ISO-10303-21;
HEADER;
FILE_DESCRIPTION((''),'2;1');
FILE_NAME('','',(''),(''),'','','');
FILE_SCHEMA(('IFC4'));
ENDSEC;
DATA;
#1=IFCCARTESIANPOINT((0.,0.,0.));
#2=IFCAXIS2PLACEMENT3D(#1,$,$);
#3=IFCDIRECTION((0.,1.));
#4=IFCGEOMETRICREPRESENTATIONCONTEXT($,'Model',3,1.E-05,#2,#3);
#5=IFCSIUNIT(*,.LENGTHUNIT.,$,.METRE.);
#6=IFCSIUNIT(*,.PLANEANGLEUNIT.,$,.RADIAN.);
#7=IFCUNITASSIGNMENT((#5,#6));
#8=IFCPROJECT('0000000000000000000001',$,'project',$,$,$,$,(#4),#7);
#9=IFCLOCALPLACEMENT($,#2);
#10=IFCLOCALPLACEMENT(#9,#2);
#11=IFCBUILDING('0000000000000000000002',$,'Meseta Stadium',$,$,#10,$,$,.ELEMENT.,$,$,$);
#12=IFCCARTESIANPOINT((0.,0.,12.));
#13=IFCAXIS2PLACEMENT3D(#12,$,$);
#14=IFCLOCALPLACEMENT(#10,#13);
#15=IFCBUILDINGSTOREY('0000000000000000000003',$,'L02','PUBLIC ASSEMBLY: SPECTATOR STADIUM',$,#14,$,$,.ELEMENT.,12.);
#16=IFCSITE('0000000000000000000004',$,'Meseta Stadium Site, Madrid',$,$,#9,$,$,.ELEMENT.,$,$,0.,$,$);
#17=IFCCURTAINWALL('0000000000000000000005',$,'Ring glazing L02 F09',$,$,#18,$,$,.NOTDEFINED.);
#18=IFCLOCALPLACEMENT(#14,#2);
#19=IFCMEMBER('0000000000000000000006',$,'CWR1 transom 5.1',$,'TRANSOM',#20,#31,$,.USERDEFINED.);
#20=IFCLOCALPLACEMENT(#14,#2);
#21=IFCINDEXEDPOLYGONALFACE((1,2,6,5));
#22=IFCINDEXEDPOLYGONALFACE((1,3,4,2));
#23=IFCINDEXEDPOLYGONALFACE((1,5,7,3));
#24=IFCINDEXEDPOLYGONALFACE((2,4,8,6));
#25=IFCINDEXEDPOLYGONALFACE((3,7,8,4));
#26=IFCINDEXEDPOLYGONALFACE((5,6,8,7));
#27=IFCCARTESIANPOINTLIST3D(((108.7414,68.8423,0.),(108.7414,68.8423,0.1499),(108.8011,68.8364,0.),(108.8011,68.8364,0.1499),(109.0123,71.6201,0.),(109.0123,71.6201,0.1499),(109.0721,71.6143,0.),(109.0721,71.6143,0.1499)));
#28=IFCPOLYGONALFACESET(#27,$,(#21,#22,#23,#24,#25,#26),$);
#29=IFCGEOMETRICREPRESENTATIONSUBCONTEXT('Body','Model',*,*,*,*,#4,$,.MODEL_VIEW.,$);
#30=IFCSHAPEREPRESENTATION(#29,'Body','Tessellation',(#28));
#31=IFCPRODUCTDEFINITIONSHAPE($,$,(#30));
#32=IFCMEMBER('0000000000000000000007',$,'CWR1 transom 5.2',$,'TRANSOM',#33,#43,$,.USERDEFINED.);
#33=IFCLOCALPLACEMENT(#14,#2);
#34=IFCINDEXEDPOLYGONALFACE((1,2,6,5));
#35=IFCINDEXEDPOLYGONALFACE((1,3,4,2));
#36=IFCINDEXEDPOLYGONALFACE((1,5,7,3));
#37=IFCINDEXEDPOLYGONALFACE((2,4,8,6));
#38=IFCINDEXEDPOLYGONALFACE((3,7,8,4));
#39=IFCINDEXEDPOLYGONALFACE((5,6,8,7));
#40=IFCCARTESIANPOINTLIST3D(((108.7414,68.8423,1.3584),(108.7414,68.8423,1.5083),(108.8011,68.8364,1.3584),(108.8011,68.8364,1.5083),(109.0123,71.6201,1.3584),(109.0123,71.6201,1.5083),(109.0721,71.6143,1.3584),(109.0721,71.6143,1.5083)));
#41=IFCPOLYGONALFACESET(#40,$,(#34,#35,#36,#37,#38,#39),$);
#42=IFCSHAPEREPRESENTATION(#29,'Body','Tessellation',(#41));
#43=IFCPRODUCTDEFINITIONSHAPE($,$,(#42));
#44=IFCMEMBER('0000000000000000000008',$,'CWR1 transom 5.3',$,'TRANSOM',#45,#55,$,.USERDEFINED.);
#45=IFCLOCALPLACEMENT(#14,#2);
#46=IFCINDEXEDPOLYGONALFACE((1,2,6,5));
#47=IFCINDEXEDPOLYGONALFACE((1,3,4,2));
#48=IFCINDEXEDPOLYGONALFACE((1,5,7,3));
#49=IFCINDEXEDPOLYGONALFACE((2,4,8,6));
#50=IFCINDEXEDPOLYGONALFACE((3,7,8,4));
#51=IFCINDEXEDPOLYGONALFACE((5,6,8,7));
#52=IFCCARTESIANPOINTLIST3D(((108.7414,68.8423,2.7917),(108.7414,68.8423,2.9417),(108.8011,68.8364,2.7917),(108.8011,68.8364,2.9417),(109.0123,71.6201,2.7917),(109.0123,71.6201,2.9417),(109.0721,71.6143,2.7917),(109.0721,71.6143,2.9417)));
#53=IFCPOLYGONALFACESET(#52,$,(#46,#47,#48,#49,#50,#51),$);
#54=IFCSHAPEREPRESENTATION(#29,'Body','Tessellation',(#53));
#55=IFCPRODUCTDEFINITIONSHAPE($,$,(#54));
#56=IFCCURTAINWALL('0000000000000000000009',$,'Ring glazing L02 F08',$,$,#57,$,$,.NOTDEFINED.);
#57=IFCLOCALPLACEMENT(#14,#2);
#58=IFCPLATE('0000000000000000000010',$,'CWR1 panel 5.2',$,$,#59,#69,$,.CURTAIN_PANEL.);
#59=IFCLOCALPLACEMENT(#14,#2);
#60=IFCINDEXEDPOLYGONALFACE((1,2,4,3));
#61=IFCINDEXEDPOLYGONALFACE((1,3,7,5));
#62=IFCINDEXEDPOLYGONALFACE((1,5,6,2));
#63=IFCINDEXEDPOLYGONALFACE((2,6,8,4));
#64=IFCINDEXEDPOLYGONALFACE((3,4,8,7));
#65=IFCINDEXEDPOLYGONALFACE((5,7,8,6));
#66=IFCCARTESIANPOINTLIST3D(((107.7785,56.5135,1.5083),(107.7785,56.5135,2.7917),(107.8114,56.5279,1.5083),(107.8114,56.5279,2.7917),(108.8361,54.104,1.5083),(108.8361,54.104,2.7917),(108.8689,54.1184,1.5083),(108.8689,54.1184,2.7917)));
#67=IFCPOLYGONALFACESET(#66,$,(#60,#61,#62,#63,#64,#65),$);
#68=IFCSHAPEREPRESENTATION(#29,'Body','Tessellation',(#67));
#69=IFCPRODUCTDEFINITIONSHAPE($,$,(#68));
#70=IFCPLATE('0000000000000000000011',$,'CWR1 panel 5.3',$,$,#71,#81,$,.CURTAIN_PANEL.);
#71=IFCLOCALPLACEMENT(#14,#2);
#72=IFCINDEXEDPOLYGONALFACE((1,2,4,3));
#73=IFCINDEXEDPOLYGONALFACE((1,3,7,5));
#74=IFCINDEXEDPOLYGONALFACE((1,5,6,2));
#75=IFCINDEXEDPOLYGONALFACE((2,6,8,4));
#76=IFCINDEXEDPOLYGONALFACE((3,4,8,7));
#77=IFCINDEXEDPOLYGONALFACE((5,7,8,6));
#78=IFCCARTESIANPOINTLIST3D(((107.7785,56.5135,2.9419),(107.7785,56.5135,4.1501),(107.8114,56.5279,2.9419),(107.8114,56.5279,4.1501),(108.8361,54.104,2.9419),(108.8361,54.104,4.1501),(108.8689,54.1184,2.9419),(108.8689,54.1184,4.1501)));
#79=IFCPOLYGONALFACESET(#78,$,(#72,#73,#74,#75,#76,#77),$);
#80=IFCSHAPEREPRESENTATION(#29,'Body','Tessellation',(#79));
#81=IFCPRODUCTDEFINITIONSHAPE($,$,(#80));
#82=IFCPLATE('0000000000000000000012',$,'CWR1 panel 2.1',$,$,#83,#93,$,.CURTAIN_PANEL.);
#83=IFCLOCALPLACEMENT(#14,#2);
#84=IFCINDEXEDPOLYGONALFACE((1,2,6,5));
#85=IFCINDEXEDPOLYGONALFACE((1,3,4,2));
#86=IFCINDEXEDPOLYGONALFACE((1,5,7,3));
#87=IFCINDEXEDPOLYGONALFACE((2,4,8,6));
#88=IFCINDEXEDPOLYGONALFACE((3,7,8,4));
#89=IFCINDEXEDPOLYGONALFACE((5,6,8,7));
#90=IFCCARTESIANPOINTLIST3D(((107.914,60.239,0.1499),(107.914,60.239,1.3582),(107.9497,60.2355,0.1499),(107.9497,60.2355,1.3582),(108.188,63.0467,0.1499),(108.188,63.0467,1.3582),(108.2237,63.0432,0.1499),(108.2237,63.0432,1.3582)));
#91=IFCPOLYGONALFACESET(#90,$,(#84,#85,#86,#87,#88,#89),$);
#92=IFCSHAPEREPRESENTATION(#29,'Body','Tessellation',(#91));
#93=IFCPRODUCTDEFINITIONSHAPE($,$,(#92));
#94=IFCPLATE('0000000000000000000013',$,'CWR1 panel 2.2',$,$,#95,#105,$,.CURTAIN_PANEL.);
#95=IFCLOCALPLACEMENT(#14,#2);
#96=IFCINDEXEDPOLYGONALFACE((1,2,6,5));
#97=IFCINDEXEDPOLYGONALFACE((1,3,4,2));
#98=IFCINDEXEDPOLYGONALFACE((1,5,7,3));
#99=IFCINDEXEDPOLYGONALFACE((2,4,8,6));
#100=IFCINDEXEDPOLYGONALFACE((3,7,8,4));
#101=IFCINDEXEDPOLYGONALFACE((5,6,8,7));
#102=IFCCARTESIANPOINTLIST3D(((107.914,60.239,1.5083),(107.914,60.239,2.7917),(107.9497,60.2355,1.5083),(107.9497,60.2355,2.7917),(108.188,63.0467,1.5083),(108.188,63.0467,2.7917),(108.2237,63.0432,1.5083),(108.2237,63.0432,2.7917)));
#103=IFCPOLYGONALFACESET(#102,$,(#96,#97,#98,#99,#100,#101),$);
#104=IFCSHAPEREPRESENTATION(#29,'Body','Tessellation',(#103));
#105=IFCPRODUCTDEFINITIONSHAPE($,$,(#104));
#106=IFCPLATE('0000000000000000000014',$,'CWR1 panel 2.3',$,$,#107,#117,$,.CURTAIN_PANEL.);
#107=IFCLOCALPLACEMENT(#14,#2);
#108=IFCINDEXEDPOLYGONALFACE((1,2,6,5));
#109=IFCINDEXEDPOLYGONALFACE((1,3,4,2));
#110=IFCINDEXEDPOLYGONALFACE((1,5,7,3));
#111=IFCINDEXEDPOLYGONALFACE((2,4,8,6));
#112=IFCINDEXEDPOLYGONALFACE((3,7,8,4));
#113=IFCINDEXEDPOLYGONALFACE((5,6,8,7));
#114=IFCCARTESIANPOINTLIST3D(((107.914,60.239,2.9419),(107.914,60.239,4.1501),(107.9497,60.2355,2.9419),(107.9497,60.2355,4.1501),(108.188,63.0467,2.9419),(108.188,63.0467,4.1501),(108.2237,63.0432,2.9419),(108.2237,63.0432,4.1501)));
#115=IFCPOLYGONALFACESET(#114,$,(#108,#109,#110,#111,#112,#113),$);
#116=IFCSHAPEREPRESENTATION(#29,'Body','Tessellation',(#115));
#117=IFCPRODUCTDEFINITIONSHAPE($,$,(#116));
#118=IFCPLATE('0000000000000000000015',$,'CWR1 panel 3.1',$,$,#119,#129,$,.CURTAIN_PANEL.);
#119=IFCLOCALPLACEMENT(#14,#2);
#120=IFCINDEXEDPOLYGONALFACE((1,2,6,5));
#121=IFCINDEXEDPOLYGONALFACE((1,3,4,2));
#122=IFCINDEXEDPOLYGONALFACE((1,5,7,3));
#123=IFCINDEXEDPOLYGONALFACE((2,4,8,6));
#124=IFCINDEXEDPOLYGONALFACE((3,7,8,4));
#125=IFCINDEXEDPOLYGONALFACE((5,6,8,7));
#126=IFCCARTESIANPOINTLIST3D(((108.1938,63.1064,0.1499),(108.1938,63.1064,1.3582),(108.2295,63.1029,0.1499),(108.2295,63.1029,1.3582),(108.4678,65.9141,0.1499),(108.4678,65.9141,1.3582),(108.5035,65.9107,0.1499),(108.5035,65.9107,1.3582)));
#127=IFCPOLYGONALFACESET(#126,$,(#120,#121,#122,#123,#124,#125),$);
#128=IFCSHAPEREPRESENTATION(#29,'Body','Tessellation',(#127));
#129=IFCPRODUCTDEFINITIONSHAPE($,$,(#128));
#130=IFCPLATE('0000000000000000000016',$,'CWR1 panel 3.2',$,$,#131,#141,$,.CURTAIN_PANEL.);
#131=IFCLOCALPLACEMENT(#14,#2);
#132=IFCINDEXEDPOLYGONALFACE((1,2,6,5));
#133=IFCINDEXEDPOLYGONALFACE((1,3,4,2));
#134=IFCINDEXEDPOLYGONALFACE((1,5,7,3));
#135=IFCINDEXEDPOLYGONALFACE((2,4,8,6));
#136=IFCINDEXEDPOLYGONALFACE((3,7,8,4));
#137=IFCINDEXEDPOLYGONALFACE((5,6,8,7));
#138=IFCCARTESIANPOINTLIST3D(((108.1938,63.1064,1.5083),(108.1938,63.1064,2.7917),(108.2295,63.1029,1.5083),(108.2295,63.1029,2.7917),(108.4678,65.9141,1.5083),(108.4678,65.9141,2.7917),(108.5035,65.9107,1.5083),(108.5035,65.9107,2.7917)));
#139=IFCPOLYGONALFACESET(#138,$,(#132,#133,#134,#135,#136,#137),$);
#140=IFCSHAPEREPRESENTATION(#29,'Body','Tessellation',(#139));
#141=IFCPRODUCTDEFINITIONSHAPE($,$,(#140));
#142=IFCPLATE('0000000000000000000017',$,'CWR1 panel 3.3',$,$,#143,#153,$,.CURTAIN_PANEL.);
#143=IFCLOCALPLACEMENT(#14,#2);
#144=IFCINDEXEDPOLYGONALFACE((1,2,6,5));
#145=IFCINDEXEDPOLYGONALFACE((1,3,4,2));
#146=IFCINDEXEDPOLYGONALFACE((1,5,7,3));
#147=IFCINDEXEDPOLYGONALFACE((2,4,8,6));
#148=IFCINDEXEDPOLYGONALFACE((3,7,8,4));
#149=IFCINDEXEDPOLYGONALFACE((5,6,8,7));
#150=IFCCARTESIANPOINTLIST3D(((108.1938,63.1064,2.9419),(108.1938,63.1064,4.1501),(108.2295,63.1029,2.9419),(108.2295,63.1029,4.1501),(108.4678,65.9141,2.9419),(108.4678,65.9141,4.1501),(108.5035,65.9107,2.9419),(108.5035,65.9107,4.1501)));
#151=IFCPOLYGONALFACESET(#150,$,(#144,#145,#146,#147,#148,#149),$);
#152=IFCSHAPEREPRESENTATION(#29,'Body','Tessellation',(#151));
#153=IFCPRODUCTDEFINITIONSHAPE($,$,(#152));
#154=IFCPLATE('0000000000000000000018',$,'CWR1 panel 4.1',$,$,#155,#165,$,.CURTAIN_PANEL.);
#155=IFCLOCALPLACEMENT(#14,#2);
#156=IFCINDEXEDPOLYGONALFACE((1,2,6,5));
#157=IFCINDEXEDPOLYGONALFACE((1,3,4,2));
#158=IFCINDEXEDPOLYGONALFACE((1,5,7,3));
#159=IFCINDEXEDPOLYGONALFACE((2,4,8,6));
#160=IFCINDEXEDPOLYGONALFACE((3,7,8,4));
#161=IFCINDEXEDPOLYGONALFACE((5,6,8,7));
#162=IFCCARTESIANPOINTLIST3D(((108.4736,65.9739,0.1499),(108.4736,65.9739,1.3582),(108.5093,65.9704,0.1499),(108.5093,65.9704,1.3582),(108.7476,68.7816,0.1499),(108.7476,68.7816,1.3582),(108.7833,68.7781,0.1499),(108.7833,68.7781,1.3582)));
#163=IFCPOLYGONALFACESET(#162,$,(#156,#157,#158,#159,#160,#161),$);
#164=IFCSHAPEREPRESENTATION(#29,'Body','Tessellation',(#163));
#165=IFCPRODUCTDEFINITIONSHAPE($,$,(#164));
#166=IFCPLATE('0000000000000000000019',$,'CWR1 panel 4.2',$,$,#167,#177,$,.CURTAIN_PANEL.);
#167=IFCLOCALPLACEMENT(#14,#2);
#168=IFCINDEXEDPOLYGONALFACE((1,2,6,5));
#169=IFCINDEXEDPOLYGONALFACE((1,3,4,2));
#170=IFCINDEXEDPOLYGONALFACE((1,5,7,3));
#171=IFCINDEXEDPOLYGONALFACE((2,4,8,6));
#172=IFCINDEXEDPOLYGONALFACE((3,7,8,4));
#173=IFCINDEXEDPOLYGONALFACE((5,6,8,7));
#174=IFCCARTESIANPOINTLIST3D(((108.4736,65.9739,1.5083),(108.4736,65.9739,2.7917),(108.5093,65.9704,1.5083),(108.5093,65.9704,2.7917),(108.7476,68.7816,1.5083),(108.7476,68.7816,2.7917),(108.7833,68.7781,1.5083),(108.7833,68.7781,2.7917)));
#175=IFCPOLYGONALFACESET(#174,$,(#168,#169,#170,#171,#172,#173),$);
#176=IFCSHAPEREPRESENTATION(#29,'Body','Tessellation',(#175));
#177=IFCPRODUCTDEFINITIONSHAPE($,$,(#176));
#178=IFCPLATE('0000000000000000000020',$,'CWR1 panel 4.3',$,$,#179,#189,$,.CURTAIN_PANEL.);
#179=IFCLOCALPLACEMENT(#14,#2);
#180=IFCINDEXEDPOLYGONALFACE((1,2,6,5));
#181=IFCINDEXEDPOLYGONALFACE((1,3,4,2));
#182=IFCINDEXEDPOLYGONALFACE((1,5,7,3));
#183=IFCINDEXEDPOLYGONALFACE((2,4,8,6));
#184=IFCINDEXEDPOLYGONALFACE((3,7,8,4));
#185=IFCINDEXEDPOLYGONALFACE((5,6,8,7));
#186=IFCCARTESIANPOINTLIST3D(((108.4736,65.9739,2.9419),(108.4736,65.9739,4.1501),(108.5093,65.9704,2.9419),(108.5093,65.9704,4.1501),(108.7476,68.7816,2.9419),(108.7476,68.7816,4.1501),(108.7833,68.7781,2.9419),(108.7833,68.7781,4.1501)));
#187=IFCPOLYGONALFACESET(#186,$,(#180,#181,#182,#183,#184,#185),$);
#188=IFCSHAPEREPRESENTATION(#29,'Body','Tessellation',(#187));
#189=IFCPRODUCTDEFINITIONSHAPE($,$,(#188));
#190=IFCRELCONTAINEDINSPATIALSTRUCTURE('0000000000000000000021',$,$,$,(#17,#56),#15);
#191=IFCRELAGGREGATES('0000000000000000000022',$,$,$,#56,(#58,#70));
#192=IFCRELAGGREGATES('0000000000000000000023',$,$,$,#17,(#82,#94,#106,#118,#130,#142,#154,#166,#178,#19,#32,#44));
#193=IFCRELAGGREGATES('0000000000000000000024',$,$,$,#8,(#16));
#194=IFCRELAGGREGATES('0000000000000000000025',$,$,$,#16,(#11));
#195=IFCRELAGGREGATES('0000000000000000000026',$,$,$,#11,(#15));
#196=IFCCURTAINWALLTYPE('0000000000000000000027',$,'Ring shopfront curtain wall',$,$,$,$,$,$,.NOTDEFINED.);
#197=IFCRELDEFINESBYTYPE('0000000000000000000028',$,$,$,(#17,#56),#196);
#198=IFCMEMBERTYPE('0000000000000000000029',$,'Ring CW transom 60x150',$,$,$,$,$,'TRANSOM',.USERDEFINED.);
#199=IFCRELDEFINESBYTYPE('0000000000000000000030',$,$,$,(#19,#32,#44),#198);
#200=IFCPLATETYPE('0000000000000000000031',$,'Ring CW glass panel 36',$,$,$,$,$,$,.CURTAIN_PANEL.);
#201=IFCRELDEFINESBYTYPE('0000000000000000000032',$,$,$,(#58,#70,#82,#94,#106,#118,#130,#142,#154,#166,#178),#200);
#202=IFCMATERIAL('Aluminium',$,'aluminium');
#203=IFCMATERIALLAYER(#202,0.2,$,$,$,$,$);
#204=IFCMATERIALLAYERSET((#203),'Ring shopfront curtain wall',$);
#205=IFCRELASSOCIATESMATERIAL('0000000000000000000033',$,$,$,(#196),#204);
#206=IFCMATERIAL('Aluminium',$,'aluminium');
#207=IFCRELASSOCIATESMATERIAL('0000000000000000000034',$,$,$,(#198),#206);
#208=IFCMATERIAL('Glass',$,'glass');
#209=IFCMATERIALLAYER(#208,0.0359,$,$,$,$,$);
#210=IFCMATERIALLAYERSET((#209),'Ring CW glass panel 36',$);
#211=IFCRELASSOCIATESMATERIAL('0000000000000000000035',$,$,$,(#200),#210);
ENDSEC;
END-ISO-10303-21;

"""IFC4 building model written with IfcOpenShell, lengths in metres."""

from ifc_helpers import new_model, si_unit, direction, frame, origin, origin_2d, place, context, subcontext, project, spatial, rectangle, extrude, material, layer, layer_set, material_profile, profile_set, type_object, element, aggregate, save


model = new_model("IFC4")

# Units and contexts
model_context = context("Model", 3, precision=1e-05, world=origin(), true_north=direction((0.0, 1.0)))
body_context = subcontext(model_context, "Body", "Model", "MODEL_VIEW")
ifc_project = project(units=[si_unit("LENGTHUNIT", "METRE"), si_unit("PLANEANGLEUNIT", "RADIAN")], contexts=[model_context])

# Site, building, storey
site_placement = place(None, origin())
site = spatial("IfcSite", under=ifc_project, at=site_placement, Name="Meseta Stadium Site, Madrid", CompositionType="ELEMENT", RefElevation=0.0)
building_placement = place(site_placement, origin())
building = spatial("IfcBuilding", under=site, at=building_placement, Name="Meseta Stadium", CompositionType="ELEMENT")
storey_placement = place(building_placement, frame((0.0, 0.0, 12.0)))
storey = spatial("IfcBuildingStorey", under=building, at=storey_placement, Name="L02", Description="PUBLIC ASSEMBLY: SPECTATOR STADIUM", CompositionType="ELEMENT", Elevation=12.0)

# Curtain wall, members
ifc_material_1 = material(Name="Aluminium", Category="aluminium")
ifc_layer_1 = layer(ifc_material_1, 0.2)
ifc_layer_set_1 = layer_set([ifc_layer_1], Name="Ring shopfront curtain wall")
curtain_wall_type = type_object("IfcCurtainWallType", Name="Ring shopfront curtain wall", PredefinedType="NOTDEFINED", material=ifc_layer_set_1)
curtain_wall_1_placement = place(storey_placement, origin())
curtain_wall_1 = element("IfcCurtainWall", 1, at=curtain_wall_1_placement, inside=storey, type_object=curtain_wall_type, Name="Ring glazing L02 F09", PredefinedType="NOTDEFINED")
ifc_material_2 = material(Name="Aluminium", Category="aluminium")
ifc_material_profile_1 = material_profile(ifc_material_2, rectangle(XDim=0.0601, YDim=0.1499, at=origin_2d()), Name="CW 60x150")
ifc_profile_set_1 = profile_set([ifc_material_profile_1], Name="Aluminium")
member_type_1 = type_object("IfcMemberType", Name="Ring CW transom 60x150", ElementType="TRANSOM", PredefinedType="USERDEFINED", material=ifc_profile_set_1)
member_1_placement = place(storey_placement, frame((108.7712, 68.8394, 0.075), z_axis=(0.097096, 0.995275, 0.0), x_axis=(-0.995275, 0.097096, 0.0)))
member_1 = element("IfcMember", 2, at=member_1_placement, type_object=member_type_1, Name="CWR1 transom 5.1", ObjectType="TRANSOM", PredefinedType="USERDEFINED", context=body_context, shape_type="SweptSolid", body=[
    extrude(rectangle(XDim=0.0601, YDim=0.1499, at=origin_2d()), origin(), (0.0, 0.0, 1.0), 2.791),
])
member_2_placement = place(storey_placement, frame((108.7712, 68.8394, 1.4333), z_axis=(0.097096, 0.995275, 0.0), x_axis=(-0.995275, 0.097096, 0.0)))
member_2 = element("IfcMember", 3, at=member_2_placement, type_object=member_type_1, Name="CWR1 transom 5.2", ObjectType="TRANSOM", PredefinedType="USERDEFINED", context=body_context, shape_type="SweptSolid", body=[
    extrude(rectangle(XDim=0.0601, YDim=0.1499, at=origin_2d()), origin(), (0.0, 0.0, 1.0), 2.791),
])
member_3_placement = place(storey_placement, frame((108.7712, 68.8394, 2.8667), z_axis=(0.097096, 0.995275, 0.0), x_axis=(-0.995275, 0.097096, 0.0)))
member_3 = element("IfcMember", 4, at=member_3_placement, type_object=member_type_1, Name="CWR1 transom 5.3", ObjectType="TRANSOM", PredefinedType="USERDEFINED", context=body_context, shape_type="SweptSolid", body=[
    extrude(rectangle(XDim=0.0601, YDim=0.1499, at=origin_2d()), origin(), (0.0, 0.0, 1.0), 2.791),
])

# Curtain wall, plates
curtain_wall_2_placement = place(storey_placement, origin())
curtain_wall_2 = element("IfcCurtainWall", 5, at=curtain_wall_2_placement, inside=storey, type_object=curtain_wall_type, Name="Ring glazing L02 F08", PredefinedType="NOTDEFINED")
ifc_material_3 = material(Name="Glass", Category="glass")
ifc_layer_2 = layer(ifc_material_3, 0.0359)
ifc_layer_set_2 = layer_set([ifc_layer_2], Name="Ring CW glass panel 36")
plate_type_1 = type_object("IfcPlateType", Name="Ring CW glass panel 36", PredefinedType="CURTAIN_PANEL", material=ifc_layer_set_2)
plate_1_placement = place(storey_placement, frame((108.3237, 55.3159, 1.5083), z_axis=(0.0, 0.0, 1.0), x_axis=(-0.401892, 0.915687, 0.0)))
plate_1 = element("IfcPlate", 6, at=plate_1_placement, type_object=plate_type_1, Name="CWR1 panel 5.2", PredefinedType="CURTAIN_PANEL", context=body_context, shape_type="SweptSolid", body=[
    extrude(rectangle(XDim=2.6313, YDim=0.0359, at=origin_2d()), origin(), (0.0, 0.0, 1.0), 1.2834),
])
plate_2_placement = place(storey_placement, frame((108.3237, 55.3159, 2.9419), z_axis=(0.0, 0.0, 1.0), x_axis=(-0.401892, 0.915687, 0.0)))
plate_2 = element("IfcPlate", 7, at=plate_2_placement, type_object=plate_type_1, Name="CWR1 panel 5.3", PredefinedType="CURTAIN_PANEL", context=body_context, shape_type="SweptSolid", body=[
    extrude(rectangle(XDim=2.6313, YDim=0.0359, at=origin_2d()), origin(), (0.0, 0.0, 1.0), 1.2083),
])
aggregate(curtain_wall_2, [plate_1, plate_2])

# Plates
plate_3_placement = place(storey_placement, frame((108.0688, 61.6411, 0.1499), z_axis=(0.0, 0.0, 1.0), x_axis=(0.097125, 0.995272, 0.0)))
plate_3 = element("IfcPlate", 8, at=plate_3_placement, type_object=plate_type_1, Name="CWR1 panel 2.1", PredefinedType="CURTAIN_PANEL", context=body_context, shape_type="SweptSolid", body=[
    extrude(rectangle(XDim=2.821, YDim=0.0359, at=origin_2d()), origin(), (0.0, 0.0, 1.0), 1.2083),
])
plate_4_placement = place(storey_placement, frame((108.0688, 61.6411, 1.5083), z_axis=(0.0, 0.0, 1.0), x_axis=(0.097125, 0.995272, 0.0)))
plate_4 = element("IfcPlate", 9, at=plate_4_placement, type_object=plate_type_1, Name="CWR1 panel 2.2", PredefinedType="CURTAIN_PANEL", context=body_context, shape_type="SweptSolid", body=[
    extrude(rectangle(XDim=2.821, YDim=0.0359, at=origin_2d()), origin(), (0.0, 0.0, 1.0), 1.2834),
])
plate_5_placement = place(storey_placement, frame((108.0688, 61.6411, 2.9419), z_axis=(0.0, 0.0, 1.0), x_axis=(0.097125, 0.995272, 0.0)))
plate_5 = element("IfcPlate", 10, at=plate_5_placement, type_object=plate_type_1, Name="CWR1 panel 2.3", PredefinedType="CURTAIN_PANEL", context=body_context, shape_type="SweptSolid", body=[
    extrude(rectangle(XDim=2.821, YDim=0.0359, at=origin_2d()), origin(), (0.0, 0.0, 1.0), 1.2083),
])
plate_6_placement = place(storey_placement, frame((108.3486, 64.5085, 0.1499), z_axis=(0.0, 0.0, 1.0), x_axis=(0.097125, 0.995272, 0.0)))
plate_6 = element("IfcPlate", 11, at=plate_6_placement, type_object=plate_type_1, Name="CWR1 panel 3.1", PredefinedType="CURTAIN_PANEL", context=body_context, shape_type="SweptSolid", body=[
    extrude(rectangle(XDim=2.821, YDim=0.0359, at=origin_2d()), origin(), (0.0, 0.0, 1.0), 1.2083),
])
plate_7_placement = place(storey_placement, frame((108.3486, 64.5085, 1.5083), z_axis=(0.0, 0.0, 1.0), x_axis=(0.097125, 0.995272, 0.0)))
plate_7 = element("IfcPlate", 12, at=plate_7_placement, type_object=plate_type_1, Name="CWR1 panel 3.2", PredefinedType="CURTAIN_PANEL", context=body_context, shape_type="SweptSolid", body=[
    extrude(rectangle(XDim=2.821, YDim=0.0359, at=origin_2d()), origin(), (0.0, 0.0, 1.0), 1.2834),
])
plate_8_placement = place(storey_placement, frame((108.3486, 64.5085, 2.9419), z_axis=(0.0, 0.0, 1.0), x_axis=(0.097125, 0.995272, 0.0)))
plate_8 = element("IfcPlate", 13, at=plate_8_placement, type_object=plate_type_1, Name="CWR1 panel 3.3", PredefinedType="CURTAIN_PANEL", context=body_context, shape_type="SweptSolid", body=[
    extrude(rectangle(XDim=2.821, YDim=0.0359, at=origin_2d()), origin(), (0.0, 0.0, 1.0), 1.2083),
])
plate_9_placement = place(storey_placement, frame((108.6284, 67.376, 0.1499), z_axis=(0.0, 0.0, 1.0), x_axis=(0.097125, 0.995272, 0.0)))
plate_9 = element("IfcPlate", 14, at=plate_9_placement, type_object=plate_type_1, Name="CWR1 panel 4.1", PredefinedType="CURTAIN_PANEL", context=body_context, shape_type="SweptSolid", body=[
    extrude(rectangle(XDim=2.821, YDim=0.0359, at=origin_2d()), origin(), (0.0, 0.0, 1.0), 1.2083),
])
plate_10_placement = place(storey_placement, frame((108.6284, 67.376, 1.5083), z_axis=(0.0, 0.0, 1.0), x_axis=(0.097125, 0.995272, 0.0)))
plate_10 = element("IfcPlate", 15, at=plate_10_placement, type_object=plate_type_1, Name="CWR1 panel 4.2", PredefinedType="CURTAIN_PANEL", context=body_context, shape_type="SweptSolid", body=[
    extrude(rectangle(XDim=2.821, YDim=0.0359, at=origin_2d()), origin(), (0.0, 0.0, 1.0), 1.2834),
])
plate_11_placement = place(storey_placement, frame((108.6284, 67.376, 2.9419), z_axis=(0.0, 0.0, 1.0), x_axis=(0.097125, 0.995272, 0.0)))
plate_11 = element("IfcPlate", 16, at=plate_11_placement, type_object=plate_type_1, Name="CWR1 panel 4.3", PredefinedType="CURTAIN_PANEL", context=body_context, shape_type="SweptSolid", body=[
    extrude(rectangle(XDim=2.821, YDim=0.0359, at=origin_2d()), origin(), (0.0, 0.0, 1.0), 1.2083),
])
aggregate(curtain_wall_1, [plate_3, plate_4, plate_5, plate_6, plate_7, plate_8, plate_9, plate_10, plate_11, member_1, member_2, member_3])

save(model, "model.ifc")
